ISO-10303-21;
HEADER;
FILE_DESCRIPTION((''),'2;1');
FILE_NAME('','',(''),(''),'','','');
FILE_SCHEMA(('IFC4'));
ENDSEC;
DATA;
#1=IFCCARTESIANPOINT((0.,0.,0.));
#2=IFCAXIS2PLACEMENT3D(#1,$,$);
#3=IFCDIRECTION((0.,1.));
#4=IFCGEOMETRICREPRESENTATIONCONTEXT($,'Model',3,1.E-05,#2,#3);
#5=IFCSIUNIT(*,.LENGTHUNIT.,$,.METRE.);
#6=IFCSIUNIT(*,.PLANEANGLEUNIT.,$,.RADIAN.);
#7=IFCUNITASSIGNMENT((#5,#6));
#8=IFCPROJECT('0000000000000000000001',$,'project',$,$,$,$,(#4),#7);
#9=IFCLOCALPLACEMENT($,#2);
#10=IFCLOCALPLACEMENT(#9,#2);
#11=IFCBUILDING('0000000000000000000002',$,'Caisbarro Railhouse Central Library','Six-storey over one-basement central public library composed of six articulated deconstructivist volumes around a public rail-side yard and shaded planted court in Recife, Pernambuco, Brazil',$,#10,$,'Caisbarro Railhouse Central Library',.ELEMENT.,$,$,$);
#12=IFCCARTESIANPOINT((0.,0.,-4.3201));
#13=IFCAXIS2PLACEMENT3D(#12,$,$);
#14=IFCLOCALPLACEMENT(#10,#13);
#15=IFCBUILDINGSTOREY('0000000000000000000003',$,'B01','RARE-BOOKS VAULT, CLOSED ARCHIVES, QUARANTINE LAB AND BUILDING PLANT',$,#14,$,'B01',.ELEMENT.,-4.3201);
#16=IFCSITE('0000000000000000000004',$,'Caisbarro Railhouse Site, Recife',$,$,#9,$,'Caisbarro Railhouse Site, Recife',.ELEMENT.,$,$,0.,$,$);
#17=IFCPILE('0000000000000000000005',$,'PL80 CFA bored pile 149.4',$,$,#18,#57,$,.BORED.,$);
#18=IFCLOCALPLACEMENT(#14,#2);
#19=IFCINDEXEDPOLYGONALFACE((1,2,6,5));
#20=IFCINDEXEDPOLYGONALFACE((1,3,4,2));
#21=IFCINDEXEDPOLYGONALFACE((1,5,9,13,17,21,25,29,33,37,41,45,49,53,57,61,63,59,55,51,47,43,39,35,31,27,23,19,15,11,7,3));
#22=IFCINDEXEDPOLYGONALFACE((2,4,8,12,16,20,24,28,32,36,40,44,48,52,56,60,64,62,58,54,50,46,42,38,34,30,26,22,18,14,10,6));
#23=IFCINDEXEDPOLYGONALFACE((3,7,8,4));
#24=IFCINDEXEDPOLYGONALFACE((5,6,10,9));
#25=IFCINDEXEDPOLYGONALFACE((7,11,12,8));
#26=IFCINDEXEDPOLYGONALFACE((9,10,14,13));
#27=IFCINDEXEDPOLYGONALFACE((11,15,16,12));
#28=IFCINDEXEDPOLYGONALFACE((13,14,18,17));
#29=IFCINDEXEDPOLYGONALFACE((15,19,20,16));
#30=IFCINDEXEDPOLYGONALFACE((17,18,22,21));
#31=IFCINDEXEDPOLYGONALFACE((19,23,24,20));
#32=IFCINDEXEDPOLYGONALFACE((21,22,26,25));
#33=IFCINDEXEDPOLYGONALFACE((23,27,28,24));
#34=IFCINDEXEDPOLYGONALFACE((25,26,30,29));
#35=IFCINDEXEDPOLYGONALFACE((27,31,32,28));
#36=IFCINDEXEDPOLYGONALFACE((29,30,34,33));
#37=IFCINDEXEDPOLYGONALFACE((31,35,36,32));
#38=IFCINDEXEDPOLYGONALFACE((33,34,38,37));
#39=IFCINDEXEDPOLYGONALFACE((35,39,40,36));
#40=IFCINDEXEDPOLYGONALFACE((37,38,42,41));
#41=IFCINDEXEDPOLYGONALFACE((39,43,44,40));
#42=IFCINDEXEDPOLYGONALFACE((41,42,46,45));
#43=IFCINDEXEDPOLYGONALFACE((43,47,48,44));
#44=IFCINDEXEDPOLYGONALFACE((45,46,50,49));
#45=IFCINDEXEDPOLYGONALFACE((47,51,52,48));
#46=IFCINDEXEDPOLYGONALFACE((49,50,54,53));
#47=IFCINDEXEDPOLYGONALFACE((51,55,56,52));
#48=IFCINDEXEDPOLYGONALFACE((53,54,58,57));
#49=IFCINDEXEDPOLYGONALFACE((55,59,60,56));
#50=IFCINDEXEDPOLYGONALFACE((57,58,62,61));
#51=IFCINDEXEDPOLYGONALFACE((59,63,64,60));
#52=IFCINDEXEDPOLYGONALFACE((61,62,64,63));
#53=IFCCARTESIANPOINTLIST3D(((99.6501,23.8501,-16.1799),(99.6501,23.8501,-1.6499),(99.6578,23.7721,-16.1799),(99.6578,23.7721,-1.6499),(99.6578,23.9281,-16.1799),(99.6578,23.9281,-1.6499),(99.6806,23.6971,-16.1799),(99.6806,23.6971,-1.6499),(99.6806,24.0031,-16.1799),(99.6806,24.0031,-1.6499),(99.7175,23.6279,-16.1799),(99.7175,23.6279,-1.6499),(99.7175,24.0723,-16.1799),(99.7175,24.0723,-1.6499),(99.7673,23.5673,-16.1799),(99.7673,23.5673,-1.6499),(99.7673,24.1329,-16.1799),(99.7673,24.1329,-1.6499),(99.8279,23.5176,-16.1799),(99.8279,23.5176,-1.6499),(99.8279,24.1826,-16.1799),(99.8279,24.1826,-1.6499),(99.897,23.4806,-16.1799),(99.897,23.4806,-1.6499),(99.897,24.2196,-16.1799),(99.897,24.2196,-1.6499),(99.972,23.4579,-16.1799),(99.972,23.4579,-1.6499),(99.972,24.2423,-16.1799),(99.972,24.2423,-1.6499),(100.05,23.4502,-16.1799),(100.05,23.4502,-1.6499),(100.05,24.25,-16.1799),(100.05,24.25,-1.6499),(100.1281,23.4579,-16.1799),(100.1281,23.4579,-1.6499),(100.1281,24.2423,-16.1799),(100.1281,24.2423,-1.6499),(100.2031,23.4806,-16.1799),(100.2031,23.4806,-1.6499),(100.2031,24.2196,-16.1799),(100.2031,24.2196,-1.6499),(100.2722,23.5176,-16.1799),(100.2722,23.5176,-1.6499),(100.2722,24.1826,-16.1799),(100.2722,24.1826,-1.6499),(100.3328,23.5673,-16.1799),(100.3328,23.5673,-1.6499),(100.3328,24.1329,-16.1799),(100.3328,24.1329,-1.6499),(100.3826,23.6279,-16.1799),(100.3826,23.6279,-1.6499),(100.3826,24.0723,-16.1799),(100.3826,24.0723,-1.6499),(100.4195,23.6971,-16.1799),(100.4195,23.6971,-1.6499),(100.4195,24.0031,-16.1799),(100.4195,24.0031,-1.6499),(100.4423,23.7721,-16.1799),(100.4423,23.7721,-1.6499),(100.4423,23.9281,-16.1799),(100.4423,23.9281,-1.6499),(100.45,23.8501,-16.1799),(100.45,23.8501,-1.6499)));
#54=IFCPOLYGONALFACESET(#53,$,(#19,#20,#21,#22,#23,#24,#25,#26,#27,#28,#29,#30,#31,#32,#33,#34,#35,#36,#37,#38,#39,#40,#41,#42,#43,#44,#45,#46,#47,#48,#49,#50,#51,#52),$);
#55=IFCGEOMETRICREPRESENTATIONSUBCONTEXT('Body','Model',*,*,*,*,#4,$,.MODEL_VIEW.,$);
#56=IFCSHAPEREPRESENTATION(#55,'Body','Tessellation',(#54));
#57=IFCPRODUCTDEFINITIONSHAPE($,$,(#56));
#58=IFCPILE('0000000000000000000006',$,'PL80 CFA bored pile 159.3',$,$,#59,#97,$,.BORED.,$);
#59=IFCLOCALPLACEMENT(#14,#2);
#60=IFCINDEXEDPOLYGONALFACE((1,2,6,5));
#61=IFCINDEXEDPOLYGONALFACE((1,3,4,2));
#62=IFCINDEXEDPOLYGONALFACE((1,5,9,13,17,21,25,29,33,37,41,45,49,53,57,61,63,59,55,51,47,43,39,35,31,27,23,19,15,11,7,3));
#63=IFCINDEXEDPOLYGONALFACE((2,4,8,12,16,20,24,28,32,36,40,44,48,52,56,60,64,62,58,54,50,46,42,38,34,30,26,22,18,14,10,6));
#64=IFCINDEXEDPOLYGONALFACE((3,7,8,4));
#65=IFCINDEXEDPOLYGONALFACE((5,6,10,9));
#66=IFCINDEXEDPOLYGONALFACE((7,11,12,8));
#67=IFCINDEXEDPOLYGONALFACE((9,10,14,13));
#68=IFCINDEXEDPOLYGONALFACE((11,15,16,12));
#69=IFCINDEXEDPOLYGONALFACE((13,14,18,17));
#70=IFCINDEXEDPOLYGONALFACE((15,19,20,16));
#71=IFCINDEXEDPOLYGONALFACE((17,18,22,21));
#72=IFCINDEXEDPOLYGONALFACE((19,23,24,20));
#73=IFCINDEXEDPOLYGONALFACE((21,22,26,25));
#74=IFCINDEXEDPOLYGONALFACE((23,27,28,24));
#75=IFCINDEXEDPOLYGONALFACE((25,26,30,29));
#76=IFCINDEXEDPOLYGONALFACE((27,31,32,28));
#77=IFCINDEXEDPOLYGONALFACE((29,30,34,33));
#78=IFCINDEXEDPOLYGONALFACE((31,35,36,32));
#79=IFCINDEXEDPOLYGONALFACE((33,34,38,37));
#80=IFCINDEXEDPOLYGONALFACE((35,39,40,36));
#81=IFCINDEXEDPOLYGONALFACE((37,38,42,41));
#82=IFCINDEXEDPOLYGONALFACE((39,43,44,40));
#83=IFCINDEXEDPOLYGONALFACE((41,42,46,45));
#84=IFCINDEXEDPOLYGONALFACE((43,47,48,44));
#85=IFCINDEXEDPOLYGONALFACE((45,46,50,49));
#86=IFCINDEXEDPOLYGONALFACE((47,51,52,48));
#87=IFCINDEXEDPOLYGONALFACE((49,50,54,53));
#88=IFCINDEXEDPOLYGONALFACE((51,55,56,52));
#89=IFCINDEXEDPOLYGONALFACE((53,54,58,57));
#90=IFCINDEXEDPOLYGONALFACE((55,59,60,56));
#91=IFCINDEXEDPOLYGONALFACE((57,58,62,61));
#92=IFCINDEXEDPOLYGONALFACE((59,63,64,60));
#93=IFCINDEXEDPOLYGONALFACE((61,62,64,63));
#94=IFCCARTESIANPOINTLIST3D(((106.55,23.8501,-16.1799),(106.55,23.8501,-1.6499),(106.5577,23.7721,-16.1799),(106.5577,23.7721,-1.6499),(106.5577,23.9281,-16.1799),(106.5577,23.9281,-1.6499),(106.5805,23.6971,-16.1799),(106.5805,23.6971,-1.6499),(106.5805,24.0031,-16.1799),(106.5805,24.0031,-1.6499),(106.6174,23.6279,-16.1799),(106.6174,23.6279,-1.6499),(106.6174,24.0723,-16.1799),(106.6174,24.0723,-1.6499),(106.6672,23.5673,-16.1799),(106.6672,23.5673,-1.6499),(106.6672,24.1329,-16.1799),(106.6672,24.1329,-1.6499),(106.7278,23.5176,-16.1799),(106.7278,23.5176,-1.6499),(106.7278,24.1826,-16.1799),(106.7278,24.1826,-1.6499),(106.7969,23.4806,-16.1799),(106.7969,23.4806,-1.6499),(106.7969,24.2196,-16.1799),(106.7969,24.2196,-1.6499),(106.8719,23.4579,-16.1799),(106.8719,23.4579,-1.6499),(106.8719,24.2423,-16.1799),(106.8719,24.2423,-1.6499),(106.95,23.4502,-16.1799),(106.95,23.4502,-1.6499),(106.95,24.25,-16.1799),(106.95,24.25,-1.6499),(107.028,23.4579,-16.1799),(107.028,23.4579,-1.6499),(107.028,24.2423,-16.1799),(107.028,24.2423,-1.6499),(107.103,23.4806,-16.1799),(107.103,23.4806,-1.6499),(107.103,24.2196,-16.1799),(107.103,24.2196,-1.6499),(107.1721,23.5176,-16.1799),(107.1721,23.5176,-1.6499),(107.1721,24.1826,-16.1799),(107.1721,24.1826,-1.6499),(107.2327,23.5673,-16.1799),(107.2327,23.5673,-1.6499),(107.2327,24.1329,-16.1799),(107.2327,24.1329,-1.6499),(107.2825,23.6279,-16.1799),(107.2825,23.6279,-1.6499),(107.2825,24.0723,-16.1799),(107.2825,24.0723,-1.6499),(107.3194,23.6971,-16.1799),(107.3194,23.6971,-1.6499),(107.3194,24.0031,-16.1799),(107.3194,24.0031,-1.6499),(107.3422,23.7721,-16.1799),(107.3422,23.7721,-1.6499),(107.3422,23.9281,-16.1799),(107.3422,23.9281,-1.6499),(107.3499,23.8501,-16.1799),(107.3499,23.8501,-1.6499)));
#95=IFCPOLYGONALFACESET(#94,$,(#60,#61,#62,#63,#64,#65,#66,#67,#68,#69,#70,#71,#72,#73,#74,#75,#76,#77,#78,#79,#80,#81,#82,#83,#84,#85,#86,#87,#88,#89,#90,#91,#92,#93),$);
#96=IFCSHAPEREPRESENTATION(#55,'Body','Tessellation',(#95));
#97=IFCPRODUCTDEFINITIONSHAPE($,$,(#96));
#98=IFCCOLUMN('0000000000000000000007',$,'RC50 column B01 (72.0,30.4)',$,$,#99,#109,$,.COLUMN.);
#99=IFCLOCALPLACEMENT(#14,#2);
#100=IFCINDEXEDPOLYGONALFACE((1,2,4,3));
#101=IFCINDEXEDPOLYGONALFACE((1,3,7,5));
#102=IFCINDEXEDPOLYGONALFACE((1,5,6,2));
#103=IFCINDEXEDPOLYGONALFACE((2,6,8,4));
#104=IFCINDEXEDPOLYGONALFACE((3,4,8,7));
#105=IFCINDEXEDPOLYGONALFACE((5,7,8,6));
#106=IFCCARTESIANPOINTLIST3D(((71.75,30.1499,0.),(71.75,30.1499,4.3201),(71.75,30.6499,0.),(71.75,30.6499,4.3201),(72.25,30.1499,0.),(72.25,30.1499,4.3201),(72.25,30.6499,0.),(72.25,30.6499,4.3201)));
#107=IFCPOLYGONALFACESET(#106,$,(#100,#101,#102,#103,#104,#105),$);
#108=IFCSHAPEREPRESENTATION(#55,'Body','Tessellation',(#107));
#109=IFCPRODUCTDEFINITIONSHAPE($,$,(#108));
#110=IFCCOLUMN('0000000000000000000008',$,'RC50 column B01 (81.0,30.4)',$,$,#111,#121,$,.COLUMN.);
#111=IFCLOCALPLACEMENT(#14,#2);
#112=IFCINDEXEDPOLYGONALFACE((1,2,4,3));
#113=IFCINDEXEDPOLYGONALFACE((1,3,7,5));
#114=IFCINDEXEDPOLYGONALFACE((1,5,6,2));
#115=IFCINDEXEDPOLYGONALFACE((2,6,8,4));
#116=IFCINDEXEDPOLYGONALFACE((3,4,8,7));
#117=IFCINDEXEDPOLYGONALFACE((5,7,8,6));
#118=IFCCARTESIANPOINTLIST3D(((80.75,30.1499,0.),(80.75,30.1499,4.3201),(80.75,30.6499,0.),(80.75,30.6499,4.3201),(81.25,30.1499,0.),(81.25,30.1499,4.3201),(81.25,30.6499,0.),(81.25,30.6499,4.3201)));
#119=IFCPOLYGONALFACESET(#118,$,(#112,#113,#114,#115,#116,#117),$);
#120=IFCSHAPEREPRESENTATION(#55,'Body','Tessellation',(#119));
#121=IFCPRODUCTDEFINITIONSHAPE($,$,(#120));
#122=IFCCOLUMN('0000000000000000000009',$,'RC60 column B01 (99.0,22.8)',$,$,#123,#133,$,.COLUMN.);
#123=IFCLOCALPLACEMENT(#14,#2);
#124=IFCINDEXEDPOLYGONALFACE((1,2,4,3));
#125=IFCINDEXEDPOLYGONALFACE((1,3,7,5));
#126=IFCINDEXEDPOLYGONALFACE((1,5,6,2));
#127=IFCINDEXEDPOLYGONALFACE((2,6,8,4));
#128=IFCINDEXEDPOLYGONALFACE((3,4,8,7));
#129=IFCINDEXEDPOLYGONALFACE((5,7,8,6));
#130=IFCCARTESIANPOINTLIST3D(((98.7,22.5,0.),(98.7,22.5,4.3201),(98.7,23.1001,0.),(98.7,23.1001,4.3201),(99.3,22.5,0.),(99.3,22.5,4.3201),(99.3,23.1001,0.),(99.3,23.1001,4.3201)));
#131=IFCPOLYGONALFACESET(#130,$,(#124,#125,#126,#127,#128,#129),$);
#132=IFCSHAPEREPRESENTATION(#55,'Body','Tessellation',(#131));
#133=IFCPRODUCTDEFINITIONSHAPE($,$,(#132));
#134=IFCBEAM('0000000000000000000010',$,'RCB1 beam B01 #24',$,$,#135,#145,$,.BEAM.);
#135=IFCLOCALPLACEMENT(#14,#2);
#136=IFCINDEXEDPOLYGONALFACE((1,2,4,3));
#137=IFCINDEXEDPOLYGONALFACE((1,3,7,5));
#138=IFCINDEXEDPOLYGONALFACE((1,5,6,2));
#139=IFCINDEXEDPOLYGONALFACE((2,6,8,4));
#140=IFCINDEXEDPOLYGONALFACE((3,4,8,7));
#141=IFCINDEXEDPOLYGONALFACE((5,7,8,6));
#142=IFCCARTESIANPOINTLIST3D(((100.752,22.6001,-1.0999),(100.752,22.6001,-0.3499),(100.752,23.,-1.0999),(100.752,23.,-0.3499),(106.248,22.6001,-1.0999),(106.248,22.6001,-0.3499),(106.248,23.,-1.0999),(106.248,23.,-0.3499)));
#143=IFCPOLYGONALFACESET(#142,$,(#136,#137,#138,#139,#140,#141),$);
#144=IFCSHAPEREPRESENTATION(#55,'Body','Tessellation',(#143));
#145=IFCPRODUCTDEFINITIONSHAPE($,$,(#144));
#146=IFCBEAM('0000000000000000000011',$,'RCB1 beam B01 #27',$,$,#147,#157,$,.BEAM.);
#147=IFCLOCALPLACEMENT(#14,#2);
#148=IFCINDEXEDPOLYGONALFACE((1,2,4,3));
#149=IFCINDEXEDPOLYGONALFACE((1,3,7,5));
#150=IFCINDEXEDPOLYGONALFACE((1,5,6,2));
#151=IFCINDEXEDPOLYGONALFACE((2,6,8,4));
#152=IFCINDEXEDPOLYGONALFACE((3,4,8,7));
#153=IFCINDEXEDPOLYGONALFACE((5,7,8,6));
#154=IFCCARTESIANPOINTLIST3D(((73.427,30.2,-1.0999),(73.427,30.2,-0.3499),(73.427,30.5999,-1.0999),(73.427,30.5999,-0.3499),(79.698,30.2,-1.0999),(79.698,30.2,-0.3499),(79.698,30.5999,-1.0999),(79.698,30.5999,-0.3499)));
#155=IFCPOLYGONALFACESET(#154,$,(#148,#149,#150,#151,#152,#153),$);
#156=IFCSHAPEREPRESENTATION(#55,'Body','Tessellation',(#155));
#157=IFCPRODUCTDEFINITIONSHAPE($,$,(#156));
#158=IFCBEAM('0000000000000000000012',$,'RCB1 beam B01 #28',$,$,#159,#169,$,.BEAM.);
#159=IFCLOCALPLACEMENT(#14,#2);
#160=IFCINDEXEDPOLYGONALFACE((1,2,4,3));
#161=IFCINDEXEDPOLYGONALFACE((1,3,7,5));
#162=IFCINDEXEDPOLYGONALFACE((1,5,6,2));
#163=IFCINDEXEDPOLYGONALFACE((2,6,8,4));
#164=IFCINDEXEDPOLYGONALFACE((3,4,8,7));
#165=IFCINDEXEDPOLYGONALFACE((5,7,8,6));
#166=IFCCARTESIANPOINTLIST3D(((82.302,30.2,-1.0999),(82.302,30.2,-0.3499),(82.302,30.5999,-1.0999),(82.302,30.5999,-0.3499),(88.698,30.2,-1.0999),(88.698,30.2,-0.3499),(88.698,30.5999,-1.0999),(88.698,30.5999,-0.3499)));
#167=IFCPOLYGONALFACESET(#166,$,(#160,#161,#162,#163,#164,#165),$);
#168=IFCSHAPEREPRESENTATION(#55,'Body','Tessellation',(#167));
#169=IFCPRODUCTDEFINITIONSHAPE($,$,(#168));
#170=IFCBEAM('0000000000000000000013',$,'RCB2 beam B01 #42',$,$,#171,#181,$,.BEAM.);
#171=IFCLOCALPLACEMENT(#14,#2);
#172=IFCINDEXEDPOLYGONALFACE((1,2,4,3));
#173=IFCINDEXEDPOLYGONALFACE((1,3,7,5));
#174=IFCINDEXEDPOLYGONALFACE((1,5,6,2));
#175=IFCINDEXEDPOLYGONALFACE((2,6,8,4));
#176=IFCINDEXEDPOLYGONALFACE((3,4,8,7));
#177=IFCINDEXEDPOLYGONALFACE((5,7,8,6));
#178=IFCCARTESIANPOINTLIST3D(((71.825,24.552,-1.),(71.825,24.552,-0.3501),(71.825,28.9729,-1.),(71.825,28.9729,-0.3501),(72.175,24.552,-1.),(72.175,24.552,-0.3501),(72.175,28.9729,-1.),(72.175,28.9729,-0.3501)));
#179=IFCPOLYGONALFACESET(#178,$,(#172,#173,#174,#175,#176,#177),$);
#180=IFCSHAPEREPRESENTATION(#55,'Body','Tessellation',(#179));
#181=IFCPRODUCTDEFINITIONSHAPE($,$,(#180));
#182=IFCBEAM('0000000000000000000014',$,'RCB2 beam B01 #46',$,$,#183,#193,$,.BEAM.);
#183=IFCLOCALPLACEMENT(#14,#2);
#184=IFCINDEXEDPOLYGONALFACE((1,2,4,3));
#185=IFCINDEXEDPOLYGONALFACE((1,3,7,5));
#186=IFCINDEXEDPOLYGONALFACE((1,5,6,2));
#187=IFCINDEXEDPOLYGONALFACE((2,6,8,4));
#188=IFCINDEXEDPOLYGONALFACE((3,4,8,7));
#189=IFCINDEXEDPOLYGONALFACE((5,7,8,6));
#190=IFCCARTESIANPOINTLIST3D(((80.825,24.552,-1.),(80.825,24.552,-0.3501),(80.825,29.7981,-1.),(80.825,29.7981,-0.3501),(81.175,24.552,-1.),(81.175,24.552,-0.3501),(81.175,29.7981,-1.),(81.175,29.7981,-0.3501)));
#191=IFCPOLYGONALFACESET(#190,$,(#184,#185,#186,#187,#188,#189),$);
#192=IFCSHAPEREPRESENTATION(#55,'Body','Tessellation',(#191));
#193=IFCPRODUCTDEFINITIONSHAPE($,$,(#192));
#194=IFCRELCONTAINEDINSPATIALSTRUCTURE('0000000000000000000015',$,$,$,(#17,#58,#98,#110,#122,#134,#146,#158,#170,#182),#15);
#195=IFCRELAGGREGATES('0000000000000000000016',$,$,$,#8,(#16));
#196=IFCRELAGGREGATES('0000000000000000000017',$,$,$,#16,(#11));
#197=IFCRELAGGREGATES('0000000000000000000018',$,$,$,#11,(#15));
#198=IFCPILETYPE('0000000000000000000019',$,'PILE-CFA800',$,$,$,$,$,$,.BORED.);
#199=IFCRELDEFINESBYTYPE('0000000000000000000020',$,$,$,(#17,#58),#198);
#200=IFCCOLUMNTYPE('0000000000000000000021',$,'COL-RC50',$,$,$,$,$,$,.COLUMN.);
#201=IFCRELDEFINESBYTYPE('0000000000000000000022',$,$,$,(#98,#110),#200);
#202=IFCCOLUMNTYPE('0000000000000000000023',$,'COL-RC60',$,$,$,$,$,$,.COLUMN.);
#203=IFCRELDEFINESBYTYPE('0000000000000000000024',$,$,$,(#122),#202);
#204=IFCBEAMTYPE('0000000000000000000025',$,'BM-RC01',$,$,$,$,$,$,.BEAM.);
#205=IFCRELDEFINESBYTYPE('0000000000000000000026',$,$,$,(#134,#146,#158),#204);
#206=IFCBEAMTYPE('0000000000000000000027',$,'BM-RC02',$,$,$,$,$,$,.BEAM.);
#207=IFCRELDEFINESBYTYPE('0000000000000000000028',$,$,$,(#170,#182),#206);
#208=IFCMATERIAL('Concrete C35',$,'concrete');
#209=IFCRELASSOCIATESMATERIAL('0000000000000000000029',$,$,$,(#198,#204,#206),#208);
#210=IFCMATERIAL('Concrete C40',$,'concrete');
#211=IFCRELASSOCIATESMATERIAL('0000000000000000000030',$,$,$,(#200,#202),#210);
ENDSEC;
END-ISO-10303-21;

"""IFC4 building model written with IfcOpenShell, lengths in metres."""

from ifc_helpers import new_model, si_unit, direction, frame, origin, origin_2d, place, context, subcontext, project, spatial, rectangle, circle, extrude, material, material_profile, profile_set, type_object, element, save


model = new_model("IFC4")

# Units and contexts
model_context = context("Model", 3, precision=1e-05, world=origin(), true_north=direction((0.0, 1.0)))
body_context = subcontext(model_context, "Body", "Model", "MODEL_VIEW")
ifc_project = project(units=[si_unit("LENGTHUNIT", "METRE"), si_unit("PLANEANGLEUNIT", "RADIAN")], contexts=[model_context])

# Site, building, storey
site_placement = place(None, origin())
site = spatial("IfcSite", under=ifc_project, at=site_placement, Name="Caisbarro Railhouse Site, Recife", LongName="Caisbarro Railhouse Site, Recife", CompositionType="ELEMENT", RefElevation=0.0)
building_placement = place(site_placement, origin())
building = spatial("IfcBuilding", under=site, at=building_placement, Name="Caisbarro Railhouse Central Library", Description="Six-storey over one-basement central public library composed of six articulated deconstructivist volumes around a public rail-side yard and shaded planted court in Recife, Pernambuco, Brazil", LongName="Caisbarro Railhouse Central Library", CompositionType="ELEMENT")
storey_placement = place(building_placement, frame((0.0, 0.0, -4.3201)))
storey = spatial("IfcBuildingStorey", under=building, at=storey_placement, Name="B01", Description="RARE-BOOKS VAULT, CLOSED ARCHIVES, QUARANTINE LAB AND BUILDING PLANT", LongName="B01", CompositionType="ELEMENT", Elevation=-4.3201)

# Shared definitions
ifc_material_1 = material(Name="Concrete C40", Category="concrete")

# Piles
ifc_material_2 = material(Name="Concrete C35", Category="concrete")
ifc_material_profile_1 = material_profile(ifc_material_2, circle(Radius=0.3999, at=origin_2d()), Name="PILE-CFA-800")
ifc_profile_set_1 = profile_set([ifc_material_profile_1], Name="Concrete C35")
pile_type_1 = type_object("IfcPileType", Name="PILE-CFA800", PredefinedType="BORED", material=ifc_profile_set_1)
for number, where, z_axis, x_axis, name in (
    (1, (100.05, 23.8501, -1.6499), (0.0, 0.0, -1.0), (1.0, 0.0, 0.0), "PL80 CFA bored pile 149.4"),
    (2, (106.95, 23.8501, -1.6499), (0.0, 0.0, -1.0), (1.0, 0.0, 0.0), "PL80 CFA bored pile 159.3"),
):
    element("IfcPile", number, at=place(storey_placement, frame(where, z_axis=z_axis, x_axis=x_axis)), inside=storey, type_object=pile_type_1, Name=name, PredefinedType="BORED", context=body_context, shape_type="SweptSolid", body=[
        extrude(circle(Radius=0.3999, at=origin_2d()), origin(), (0.0, 0.0, 1.0), 14.53),
    ])

# Columns
ifc_material_profile_2 = material_profile(ifc_material_1, rectangle(XDim=0.5, YDim=0.5, at=origin_2d()), Name="RC-COL-500X500")
ifc_profile_set_2 = profile_set([ifc_material_profile_2], Name="Concrete C40")
column_type_1 = type_object("IfcColumnType", Name="COL-RC50", PredefinedType="COLUMN", material=ifc_profile_set_2)
for number, where, z_axis, x_axis, name in (
    (3, (72.0, 30.3999, 0.0), (0.0, 0.0, 1.0), (1.0, 0.0, 0.0), "RC50 column B01 (72.0,30.4)"),
    (4, (81.0, 30.3999, 0.0), (0.0, 0.0, 1.0), (1.0, 0.0, 0.0), "RC50 column B01 (81.0,30.4)"),
):
    element("IfcColumn", number, at=place(storey_placement, frame(where, z_axis=z_axis, x_axis=x_axis)), inside=storey, type_object=column_type_1, Name=name, PredefinedType="COLUMN", context=body_context, shape_type="SweptSolid", body=[
        extrude(rectangle(XDim=0.5, YDim=0.5, at=origin_2d()), origin(), (0.0, 0.0, 1.0), 4.3201),
    ])
ifc_material_profile_3 = material_profile(ifc_material_1, rectangle(XDim=0.6001, YDim=0.6001, at=origin_2d()), Name="RC-COL-600X600")
ifc_profile_set_3 = profile_set([ifc_material_profile_3], Name="Concrete C40")
column_type_2 = type_object("IfcColumnType", Name="COL-RC60", PredefinedType="COLUMN", material=ifc_profile_set_3)
column_placement = place(storey_placement, frame((99.0, 22.8, 0.0), z_axis=(0.0, 0.0, 1.0), x_axis=(1.0, 0.0, 0.0)))
element("IfcColumn", 5, at=column_placement, inside=storey, type_object=column_type_2, Name="RC60 column B01 (99.0,22.8)", PredefinedType="COLUMN", context=body_context, shape_type="SweptSolid", body=[
    extrude(rectangle(XDim=0.6001, YDim=0.6001, at=origin_2d()), origin(), (0.0, 0.0, 1.0), 4.3201),
])

# Beams
ifc_material_profile_4 = material_profile(ifc_material_2, rectangle(XDim=0.3999, YDim=0.75, at=origin_2d()), Name="RC-BM-400X750")
ifc_profile_set_4 = profile_set([ifc_material_profile_4], Name="Concrete C35")
beam_type_1 = type_object("IfcBeamType", Name="BM-RC01", PredefinedType="BEAM", material=ifc_profile_set_4)
beam_1_placement = place(storey_placement, frame((100.752, 22.8, -0.7249), z_axis=(1.0, 0.0, 0.0), x_axis=(0.0, 1.0, 0.0)))
element("IfcBeam", 6, at=beam_1_placement, inside=storey, type_object=beam_type_1, Name="RCB1 beam B01 #24", PredefinedType="BEAM", context=body_context, shape_type="SweptSolid", body=[
    extrude(rectangle(XDim=0.3999, YDim=0.75, at=origin_2d()), origin(), (0.0, 0.0, 1.0), 5.4961),
])
beam_2_placement = place(storey_placement, frame((73.427, 30.3999, -0.7249), z_axis=(1.0, 0.0, 0.0), x_axis=(0.0, 1.0, 0.0)))
element("IfcBeam", 7, at=beam_2_placement, inside=storey, type_object=beam_type_1, Name="RCB1 beam B01 #27", PredefinedType="BEAM", context=body_context, shape_type="SweptSolid", body=[
    extrude(rectangle(XDim=0.3999, YDim=0.75, at=origin_2d()), origin(), (0.0, 0.0, 1.0), 6.271),
])
beam_3_placement = place(storey_placement, frame((82.302, 30.3999, -0.7249), z_axis=(1.0, 0.0, 0.0), x_axis=(0.0, 1.0, 0.0)))
element("IfcBeam", 8, at=beam_3_placement, inside=storey, type_object=beam_type_1, Name="RCB1 beam B01 #28", PredefinedType="BEAM", context=body_context, shape_type="SweptSolid", body=[
    extrude(rectangle(XDim=0.3999, YDim=0.75, at=origin_2d()), origin(), (0.0, 0.0, 1.0), 6.396),
])
ifc_material_profile_5 = material_profile(ifc_material_2, rectangle(XDim=0.3501, YDim=0.6499, at=origin_2d()), Name="RC-BM-350X650")
ifc_profile_set_5 = profile_set([ifc_material_profile_5], Name="Concrete C35")
beam_type_2 = type_object("IfcBeamType", Name="BM-RC02", PredefinedType="BEAM", material=ifc_profile_set_5)
beam_4_placement = place(storey_placement, frame((72.0, 24.552, -0.675), z_axis=(0.0, 1.0, 0.0), x_axis=(-1.0, 0.0, 0.0)))
element("IfcBeam", 9, at=beam_4_placement, inside=storey, type_object=beam_type_2, Name="RCB2 beam B01 #42", PredefinedType="BEAM", context=body_context, shape_type="SweptSolid", body=[
    extrude(rectangle(XDim=0.3501, YDim=0.6499, at=origin_2d()), origin(), (0.0, 0.0, 1.0), 4.4209),
])
for number, where, z_axis, x_axis, name in (
    (10, (81.0, 24.552, -0.675), (0.0, 1.0, 0.0), (-1.0, 0.0, 0.0), "RCB2 beam B01 #46"),
):
    element("IfcBeam", number, at=place(storey_placement, frame(where, z_axis=z_axis, x_axis=x_axis)), inside=storey, type_object=beam_type_2, Name=name, PredefinedType="BEAM", context=body_context, shape_type="SweptSolid", body=[
        extrude(rectangle(XDim=0.3501, YDim=0.6499, at=origin_2d()), origin(), (0.0, 0.0, 1.0), 5.2461),
    ])

save(model, "model.ifc")
